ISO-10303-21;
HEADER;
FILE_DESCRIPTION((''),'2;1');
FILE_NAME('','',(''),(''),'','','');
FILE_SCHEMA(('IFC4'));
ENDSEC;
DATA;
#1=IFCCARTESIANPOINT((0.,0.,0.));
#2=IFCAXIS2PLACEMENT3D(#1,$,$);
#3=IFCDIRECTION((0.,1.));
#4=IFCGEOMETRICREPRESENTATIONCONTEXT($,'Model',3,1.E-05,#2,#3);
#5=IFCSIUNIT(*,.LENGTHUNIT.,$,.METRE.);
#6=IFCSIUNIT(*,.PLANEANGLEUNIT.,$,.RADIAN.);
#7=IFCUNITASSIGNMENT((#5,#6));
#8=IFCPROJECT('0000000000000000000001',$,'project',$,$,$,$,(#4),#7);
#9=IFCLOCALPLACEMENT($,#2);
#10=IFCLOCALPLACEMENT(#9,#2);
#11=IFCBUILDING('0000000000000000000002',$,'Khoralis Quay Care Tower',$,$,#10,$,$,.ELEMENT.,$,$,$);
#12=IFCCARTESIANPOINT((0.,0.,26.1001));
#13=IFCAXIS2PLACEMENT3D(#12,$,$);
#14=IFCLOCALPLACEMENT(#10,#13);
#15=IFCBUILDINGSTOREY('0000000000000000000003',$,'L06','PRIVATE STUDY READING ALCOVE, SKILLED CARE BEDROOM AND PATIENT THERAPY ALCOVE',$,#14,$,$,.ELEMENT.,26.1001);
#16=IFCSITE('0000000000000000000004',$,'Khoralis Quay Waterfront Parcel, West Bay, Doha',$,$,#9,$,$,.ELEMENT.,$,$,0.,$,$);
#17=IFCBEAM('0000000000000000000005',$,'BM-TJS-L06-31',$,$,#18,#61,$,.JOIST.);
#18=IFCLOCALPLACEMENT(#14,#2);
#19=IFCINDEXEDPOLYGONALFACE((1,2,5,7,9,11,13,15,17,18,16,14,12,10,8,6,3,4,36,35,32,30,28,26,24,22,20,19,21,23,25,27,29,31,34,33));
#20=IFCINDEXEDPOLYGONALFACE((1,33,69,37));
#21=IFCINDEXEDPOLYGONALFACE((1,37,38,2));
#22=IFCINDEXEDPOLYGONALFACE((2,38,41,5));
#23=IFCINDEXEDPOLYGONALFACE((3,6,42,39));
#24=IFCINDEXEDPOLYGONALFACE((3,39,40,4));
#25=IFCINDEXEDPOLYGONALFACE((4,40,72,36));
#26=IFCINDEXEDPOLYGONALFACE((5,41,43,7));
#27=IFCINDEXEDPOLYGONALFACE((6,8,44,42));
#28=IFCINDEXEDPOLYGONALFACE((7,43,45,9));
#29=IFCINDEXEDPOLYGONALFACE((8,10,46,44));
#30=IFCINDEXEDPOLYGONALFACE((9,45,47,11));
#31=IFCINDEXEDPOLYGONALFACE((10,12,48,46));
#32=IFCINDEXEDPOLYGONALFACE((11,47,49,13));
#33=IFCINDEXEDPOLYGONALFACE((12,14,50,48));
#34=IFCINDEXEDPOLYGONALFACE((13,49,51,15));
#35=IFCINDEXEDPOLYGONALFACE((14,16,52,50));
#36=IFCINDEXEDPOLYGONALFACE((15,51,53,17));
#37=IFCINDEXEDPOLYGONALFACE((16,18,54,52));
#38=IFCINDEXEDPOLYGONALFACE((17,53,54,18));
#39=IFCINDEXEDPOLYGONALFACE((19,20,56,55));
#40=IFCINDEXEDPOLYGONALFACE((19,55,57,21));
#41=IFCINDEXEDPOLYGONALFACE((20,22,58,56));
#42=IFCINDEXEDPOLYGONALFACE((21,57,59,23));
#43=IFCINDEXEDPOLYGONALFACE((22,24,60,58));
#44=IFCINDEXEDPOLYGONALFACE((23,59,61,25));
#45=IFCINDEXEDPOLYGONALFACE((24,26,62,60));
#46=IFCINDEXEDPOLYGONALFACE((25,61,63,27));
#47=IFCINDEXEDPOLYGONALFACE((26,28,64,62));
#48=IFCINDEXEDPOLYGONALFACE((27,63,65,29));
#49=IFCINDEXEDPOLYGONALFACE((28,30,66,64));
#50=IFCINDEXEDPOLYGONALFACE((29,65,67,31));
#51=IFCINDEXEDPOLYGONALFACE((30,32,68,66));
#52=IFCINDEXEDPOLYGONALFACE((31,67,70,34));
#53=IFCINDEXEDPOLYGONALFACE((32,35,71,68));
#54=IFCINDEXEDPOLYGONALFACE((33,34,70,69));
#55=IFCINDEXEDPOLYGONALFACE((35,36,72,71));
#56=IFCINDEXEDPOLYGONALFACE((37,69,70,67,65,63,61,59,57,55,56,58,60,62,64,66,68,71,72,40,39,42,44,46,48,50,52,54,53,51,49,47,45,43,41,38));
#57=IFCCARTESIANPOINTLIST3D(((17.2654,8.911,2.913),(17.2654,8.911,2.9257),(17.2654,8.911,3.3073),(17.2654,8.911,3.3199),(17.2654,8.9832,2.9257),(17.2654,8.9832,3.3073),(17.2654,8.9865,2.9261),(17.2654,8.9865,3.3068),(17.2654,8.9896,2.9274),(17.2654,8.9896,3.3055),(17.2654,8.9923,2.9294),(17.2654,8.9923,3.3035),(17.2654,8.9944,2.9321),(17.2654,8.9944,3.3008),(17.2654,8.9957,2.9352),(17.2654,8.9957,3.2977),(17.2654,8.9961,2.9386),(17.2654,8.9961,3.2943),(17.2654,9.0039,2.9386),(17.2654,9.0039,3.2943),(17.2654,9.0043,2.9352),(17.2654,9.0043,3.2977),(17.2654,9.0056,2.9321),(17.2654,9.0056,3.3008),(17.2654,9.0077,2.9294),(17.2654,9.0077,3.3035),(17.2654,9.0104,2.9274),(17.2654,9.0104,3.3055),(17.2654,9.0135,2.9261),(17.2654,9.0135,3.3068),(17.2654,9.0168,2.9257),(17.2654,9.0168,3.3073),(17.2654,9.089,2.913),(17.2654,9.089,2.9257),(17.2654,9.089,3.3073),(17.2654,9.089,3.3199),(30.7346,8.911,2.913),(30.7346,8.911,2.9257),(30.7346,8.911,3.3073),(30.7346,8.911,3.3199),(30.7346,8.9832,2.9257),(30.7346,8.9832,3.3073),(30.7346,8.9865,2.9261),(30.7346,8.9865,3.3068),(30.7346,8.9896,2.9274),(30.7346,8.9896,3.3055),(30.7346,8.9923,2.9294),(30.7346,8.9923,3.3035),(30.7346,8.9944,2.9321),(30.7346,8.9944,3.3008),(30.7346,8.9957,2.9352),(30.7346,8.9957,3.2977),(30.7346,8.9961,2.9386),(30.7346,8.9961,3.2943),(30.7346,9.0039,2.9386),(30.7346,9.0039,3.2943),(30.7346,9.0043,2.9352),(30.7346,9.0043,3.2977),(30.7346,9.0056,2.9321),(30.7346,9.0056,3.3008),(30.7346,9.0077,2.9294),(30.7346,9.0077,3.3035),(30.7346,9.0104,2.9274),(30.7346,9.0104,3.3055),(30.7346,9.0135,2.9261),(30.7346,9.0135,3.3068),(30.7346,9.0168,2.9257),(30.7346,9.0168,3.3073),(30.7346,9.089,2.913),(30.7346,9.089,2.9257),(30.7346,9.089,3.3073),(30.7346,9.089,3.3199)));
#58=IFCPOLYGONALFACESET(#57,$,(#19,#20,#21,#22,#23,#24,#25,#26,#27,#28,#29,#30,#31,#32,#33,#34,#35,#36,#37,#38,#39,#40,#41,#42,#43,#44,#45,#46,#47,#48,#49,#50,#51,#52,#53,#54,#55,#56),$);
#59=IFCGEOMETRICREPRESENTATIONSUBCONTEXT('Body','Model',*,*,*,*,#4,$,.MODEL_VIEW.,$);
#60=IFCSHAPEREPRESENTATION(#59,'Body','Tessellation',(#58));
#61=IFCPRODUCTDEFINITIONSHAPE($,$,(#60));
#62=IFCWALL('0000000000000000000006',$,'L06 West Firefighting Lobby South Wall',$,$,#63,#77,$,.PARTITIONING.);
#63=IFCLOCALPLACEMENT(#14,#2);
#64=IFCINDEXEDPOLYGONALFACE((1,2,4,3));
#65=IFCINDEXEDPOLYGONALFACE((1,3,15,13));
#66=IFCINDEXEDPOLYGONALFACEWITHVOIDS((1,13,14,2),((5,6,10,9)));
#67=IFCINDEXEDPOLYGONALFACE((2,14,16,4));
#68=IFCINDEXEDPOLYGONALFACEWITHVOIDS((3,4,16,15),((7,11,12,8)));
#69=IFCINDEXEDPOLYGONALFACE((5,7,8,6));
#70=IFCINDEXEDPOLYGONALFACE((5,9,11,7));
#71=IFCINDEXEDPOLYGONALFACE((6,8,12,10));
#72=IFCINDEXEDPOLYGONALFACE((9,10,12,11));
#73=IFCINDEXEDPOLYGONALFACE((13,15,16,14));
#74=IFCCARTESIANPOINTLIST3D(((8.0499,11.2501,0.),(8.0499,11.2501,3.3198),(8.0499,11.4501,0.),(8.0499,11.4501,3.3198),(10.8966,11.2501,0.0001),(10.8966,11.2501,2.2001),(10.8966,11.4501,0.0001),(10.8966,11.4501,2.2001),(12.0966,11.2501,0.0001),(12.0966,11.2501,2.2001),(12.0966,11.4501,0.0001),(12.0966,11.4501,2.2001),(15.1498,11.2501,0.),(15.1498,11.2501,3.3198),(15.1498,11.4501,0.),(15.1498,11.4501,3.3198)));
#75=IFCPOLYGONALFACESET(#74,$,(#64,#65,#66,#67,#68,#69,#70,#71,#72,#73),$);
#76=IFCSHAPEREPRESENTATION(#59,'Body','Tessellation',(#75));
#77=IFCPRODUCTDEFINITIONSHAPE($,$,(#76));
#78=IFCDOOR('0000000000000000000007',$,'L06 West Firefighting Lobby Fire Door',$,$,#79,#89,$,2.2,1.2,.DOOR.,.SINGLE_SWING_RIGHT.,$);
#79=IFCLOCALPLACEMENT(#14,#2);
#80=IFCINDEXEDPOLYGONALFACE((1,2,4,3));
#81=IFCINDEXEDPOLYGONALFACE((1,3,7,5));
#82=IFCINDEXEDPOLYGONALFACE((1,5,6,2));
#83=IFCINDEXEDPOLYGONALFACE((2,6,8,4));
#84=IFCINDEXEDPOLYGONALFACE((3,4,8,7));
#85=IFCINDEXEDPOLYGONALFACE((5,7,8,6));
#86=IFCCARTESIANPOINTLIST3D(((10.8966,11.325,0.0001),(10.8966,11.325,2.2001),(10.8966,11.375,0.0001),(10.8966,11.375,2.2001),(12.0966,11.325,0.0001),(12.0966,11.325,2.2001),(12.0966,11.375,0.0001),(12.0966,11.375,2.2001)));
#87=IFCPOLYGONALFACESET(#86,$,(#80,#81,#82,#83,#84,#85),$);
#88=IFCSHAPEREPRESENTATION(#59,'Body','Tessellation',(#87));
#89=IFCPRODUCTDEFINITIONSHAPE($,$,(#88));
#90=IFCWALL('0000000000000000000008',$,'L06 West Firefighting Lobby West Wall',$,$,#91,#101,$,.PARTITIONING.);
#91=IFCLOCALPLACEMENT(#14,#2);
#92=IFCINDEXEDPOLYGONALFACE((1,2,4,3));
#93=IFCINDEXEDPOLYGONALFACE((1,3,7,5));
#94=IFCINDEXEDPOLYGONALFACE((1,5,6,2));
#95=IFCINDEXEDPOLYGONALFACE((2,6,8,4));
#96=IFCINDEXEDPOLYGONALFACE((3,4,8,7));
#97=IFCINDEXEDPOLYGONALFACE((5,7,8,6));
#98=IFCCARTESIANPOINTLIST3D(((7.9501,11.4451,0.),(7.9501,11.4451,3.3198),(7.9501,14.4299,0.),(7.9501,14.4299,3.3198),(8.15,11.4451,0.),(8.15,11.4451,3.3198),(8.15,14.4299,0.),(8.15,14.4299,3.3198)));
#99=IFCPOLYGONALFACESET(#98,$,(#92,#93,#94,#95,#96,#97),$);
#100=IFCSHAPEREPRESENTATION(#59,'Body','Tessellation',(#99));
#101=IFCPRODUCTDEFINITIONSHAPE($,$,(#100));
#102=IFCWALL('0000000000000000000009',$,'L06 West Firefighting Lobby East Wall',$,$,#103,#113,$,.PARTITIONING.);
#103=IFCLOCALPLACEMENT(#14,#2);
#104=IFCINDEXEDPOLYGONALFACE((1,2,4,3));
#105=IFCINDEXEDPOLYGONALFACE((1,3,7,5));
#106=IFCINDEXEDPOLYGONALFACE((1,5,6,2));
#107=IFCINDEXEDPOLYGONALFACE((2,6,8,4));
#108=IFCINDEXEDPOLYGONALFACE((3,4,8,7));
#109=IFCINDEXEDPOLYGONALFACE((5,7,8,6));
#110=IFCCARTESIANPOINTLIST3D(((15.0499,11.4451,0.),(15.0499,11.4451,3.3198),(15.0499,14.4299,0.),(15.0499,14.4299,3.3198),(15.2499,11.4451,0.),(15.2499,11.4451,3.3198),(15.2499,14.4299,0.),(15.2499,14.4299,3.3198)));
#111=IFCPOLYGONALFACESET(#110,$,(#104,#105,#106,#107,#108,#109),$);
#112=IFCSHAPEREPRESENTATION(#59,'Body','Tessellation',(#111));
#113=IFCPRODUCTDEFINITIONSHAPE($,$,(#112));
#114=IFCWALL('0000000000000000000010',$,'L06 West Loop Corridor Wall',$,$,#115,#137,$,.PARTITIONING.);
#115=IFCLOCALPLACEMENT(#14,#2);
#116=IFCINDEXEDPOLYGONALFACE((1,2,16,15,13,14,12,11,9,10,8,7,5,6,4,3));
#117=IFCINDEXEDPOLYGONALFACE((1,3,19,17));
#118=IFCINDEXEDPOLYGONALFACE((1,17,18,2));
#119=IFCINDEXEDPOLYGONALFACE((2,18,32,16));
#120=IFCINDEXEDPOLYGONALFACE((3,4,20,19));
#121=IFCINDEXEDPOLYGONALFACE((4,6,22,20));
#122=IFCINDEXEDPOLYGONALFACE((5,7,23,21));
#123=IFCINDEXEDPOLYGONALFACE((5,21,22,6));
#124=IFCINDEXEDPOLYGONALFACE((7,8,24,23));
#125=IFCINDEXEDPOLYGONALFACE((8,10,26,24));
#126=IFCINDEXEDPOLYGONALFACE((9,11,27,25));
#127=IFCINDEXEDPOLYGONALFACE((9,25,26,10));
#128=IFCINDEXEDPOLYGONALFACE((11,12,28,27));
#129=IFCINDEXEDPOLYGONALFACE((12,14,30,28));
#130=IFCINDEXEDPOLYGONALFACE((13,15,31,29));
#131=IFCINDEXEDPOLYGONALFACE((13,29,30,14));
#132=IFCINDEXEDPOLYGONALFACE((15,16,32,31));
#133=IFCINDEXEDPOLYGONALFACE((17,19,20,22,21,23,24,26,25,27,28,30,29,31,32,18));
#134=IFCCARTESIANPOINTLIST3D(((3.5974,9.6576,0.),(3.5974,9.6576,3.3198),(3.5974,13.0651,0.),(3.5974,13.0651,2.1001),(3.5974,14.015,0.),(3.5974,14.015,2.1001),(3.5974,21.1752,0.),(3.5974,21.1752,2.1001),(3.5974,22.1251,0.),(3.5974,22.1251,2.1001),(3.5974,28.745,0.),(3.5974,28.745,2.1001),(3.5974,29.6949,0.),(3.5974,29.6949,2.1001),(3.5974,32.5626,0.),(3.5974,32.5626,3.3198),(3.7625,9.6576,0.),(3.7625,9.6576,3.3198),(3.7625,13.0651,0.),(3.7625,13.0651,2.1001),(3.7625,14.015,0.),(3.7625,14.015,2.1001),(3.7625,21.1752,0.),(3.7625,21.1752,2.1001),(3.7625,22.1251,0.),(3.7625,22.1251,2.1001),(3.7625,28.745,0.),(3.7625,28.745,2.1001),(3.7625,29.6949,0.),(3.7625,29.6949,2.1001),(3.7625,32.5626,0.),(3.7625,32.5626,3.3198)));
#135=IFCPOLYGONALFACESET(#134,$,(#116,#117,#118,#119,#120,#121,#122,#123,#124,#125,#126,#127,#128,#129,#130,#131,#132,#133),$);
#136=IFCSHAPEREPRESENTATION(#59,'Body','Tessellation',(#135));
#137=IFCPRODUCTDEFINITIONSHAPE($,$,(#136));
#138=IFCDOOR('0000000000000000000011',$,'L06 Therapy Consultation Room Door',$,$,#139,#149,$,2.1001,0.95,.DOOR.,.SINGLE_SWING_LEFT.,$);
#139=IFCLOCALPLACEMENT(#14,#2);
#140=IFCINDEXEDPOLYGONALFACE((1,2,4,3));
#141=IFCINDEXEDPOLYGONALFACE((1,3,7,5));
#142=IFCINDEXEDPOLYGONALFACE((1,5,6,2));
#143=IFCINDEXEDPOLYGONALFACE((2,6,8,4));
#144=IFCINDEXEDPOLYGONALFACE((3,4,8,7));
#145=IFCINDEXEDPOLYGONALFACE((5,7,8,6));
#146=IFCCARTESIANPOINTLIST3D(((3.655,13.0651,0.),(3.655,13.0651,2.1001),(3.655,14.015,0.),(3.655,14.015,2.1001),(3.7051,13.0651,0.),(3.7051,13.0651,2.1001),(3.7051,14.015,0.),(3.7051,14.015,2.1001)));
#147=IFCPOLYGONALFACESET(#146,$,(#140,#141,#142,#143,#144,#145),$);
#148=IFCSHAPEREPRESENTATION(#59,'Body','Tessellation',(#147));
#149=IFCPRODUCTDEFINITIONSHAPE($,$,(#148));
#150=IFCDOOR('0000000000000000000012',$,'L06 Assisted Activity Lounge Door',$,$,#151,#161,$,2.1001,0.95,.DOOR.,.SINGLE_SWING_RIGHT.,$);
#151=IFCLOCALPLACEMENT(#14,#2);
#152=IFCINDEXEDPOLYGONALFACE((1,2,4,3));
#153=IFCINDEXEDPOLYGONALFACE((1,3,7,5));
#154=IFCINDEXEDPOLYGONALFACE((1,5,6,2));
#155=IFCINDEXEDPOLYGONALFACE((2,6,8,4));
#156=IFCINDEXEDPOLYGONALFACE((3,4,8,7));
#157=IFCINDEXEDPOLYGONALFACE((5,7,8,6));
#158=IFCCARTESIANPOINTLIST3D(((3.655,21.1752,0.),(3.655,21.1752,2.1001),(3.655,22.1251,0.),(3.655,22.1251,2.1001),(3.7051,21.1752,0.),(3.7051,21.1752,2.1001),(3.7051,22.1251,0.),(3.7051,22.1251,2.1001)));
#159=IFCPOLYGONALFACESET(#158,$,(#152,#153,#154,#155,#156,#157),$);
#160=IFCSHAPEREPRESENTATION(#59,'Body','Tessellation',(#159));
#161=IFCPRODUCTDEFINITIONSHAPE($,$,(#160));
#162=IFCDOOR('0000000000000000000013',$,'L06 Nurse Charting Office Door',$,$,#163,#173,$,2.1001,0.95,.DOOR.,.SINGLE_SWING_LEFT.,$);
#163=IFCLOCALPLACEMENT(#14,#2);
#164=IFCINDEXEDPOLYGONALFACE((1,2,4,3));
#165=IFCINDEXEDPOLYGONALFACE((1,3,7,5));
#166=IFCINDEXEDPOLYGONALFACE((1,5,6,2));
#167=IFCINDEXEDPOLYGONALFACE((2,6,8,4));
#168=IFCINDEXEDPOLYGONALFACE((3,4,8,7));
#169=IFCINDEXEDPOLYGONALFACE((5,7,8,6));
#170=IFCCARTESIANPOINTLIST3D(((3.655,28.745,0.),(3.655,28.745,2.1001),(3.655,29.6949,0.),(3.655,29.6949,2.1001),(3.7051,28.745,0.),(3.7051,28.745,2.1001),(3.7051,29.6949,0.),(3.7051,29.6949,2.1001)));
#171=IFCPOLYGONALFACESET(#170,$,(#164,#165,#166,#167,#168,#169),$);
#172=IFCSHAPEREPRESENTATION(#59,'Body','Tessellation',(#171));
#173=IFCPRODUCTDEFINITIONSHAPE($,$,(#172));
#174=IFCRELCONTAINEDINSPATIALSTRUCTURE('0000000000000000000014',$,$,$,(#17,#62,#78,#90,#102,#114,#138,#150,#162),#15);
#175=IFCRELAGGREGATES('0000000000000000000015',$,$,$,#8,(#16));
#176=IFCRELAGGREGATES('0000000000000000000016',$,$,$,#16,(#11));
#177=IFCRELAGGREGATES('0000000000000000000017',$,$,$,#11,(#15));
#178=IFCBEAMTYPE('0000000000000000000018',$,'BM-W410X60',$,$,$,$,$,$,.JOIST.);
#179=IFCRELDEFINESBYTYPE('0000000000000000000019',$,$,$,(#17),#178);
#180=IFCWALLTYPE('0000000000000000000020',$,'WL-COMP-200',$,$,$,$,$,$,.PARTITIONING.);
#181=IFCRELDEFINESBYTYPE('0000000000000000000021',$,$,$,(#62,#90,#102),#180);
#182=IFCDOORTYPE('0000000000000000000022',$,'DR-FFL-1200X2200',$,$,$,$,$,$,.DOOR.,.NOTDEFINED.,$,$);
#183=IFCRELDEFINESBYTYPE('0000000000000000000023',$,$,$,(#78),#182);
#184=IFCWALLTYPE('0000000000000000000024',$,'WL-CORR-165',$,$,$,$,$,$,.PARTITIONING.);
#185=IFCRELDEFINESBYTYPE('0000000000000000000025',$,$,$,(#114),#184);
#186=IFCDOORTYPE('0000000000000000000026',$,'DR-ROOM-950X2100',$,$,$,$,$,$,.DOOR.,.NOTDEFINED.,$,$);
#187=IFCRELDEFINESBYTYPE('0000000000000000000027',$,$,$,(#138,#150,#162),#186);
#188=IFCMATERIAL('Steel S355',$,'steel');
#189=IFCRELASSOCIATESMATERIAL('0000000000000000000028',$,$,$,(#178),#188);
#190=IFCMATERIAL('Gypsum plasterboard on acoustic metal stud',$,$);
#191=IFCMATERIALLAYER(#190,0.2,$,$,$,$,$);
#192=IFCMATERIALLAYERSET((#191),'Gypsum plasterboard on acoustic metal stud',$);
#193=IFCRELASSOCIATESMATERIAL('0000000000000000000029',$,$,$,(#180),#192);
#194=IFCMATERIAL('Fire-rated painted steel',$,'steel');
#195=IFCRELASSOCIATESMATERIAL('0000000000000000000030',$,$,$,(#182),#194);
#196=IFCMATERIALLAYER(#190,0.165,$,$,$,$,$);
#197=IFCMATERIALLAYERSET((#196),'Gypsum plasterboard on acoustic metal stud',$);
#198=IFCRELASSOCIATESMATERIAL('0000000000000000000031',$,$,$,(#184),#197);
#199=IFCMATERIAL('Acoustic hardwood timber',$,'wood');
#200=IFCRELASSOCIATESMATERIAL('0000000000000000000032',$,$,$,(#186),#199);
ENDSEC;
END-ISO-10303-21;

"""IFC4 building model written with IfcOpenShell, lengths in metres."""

from ifc_helpers import new_model, si_unit, direction, frame, frame_2d, origin, origin_2d, place, context, subcontext, project, spatial, rectangle, i_section, extrude, source, transform, mapped, material, layer, layer_set, material_profile, profile_set, type_object, element, fill, save


model = new_model("IFC4")

# Units and contexts
model_context = context("Model", 3, precision=1e-05, world=origin(), true_north=direction((0.0, 1.0)))
body_context = subcontext(model_context, "Body", "Model", "MODEL_VIEW")
ifc_project = project(units=[si_unit("LENGTHUNIT", "METRE"), si_unit("PLANEANGLEUNIT", "RADIAN")], contexts=[model_context])

# Site, building, storey
site_placement = place(None, origin())
site = spatial("IfcSite", under=ifc_project, at=site_placement, Name="Khoralis Quay Waterfront Parcel, West Bay, Doha", CompositionType="ELEMENT", RefElevation=0.0)
building_placement = place(site_placement, origin())
building = spatial("IfcBuilding", under=site, at=building_placement, Name="Khoralis Quay Care Tower", CompositionType="ELEMENT")
storey_placement = place(building_placement, frame((0.0, 0.0, 26.1001)))
storey = spatial("IfcBuildingStorey", under=building, at=storey_placement, Name="L06", Description="PRIVATE STUDY READING ALCOVE, SKILLED CARE BEDROOM AND PATIENT THERAPY ALCOVE", CompositionType="ELEMENT", Elevation=26.1001)

# Beam
ifc_material_1 = material(Name="Steel S355", Category="steel")
ifc_material_profile_1 = material_profile(ifc_material_1, i_section(OverallWidth=0.178, OverallDepth=0.407, WebThickness=0.0078, FlangeThickness=0.0127, FilletRadius=0.0129, at=origin_2d()), Name="Steel S355")
ifc_profile_set_1 = profile_set([ifc_material_profile_1], Name="Steel S355")
beam_type_1 = type_object("IfcBeamType", Name="BM-W410X60", PredefinedType="JOIST", material=ifc_profile_set_1)
shared_shape_1 = source(origin(), body_context, "Body", "SweptSolid", [
    extrude(i_section(OverallWidth=0.178, OverallDepth=0.407, WebThickness=0.0078, FlangeThickness=0.0127, FilletRadius=0.0129, at=origin_2d()), origin(), (0.0, 0.0, 1.0), 13.4692),
])
beam_1_placement = place(storey_placement, frame((17.2654, 9.0, 3.1165), z_axis=(1.0, 0.0, 0.0), x_axis=(0.0, 1.0, 0.0)))
element("IfcBeam", 1, at=beam_1_placement, inside=storey, type_object=beam_type_1, Name="BM-TJS-L06-31", PredefinedType="JOIST", context=body_context, shape_type="MappedRepresentation", body=[
    mapped(shared_shape_1, transform((0.0, 0.0, 0.0), scale=1.0)),
])

# Wall, opening, door
ifc_material_2 = material(Name="Gypsum plasterboard on acoustic metal stud")
ifc_layer_1 = layer(ifc_material_2, 0.2)
ifc_layer_set_1 = layer_set([ifc_layer_1], Name="Gypsum plasterboard on acoustic metal stud")
wall_type_1 = type_object("IfcWallType", Name="WL-COMP-200", PredefinedType="PARTITIONING", material=ifc_layer_set_1)
wall_1_placement = place(storey_placement, frame((8.05, 11.3501, 0.0), z_axis=(0.0, 0.0, 1.0), x_axis=(1.0, 0.0, 0.0)))
wall_1 = element("IfcWall", 2, at=wall_1_placement, inside=storey, type_object=wall_type_1, Name="L06 West Firefighting Lobby South Wall", PredefinedType="PARTITIONING", context=body_context, shape_type="SweptSolid", body=[
    extrude(rectangle(XDim=7.0999, YDim=0.2, at=frame_2d((3.5498, 0.0))), origin(), (0.0, 0.0, 1.0), 3.3198),
])
opening_1_placement = place(wall_1_placement, frame((2.8464, 0.0, 0.0)))
opening_1 = element("IfcOpeningElement", 3, at=opening_1_placement, cuts=wall_1, PredefinedType="OPENING", context=body_context, shape_type="SweptSolid", body=[
    extrude(rectangle(XDim=1.2, YDim=2.2, at=frame_2d((0.6001, 1.1001))), frame((0.0, 0.1099, 0.0), z_axis=(0.0, -1.0, 0.0), x_axis=(1.0, 0.0, 0.0)), (0.0, 0.0, 1.0), 0.22),
])
ifc_material_3 = material(Name="Fire-rated painted steel", Category="steel")
door_type_1 = type_object("IfcDoorType", Name="DR-FFL-1200X2200", OperationType="NOTDEFINED", PredefinedType="DOOR", material=ifc_material_3)
shared_shape_2 = source(origin(), body_context, "Body", "SweptSolid", [
    extrude(rectangle(XDim=1.2, YDim=2.2, at=frame_2d((0.6001, 1.1001))), frame((0.0, 0.0249, 0.0), z_axis=(0.0, -1.0, 0.0), x_axis=(1.0, 0.0, 0.0)), (0.0, 0.0, 1.0), 0.05),
])
door_1_placement = place(opening_1_placement, origin())
door_1 = element("IfcDoor", 4, at=door_1_placement, inside=storey, type_object=door_type_1, Name="L06 West Firefighting Lobby Fire Door", OperationType="SINGLE_SWING_RIGHT", OverallHeight=2.2, OverallWidth=1.2, PredefinedType="DOOR", context=body_context, shape_type="MappedRepresentation", body=[
    mapped(shared_shape_2, transform((0.0, 0.0, 0.0), scale=1.0)),
])
fill(opening_1, door_1)

# Walls
for number, where, z_axis, x_axis, name in (
    (5, (8.05, 11.4451, 0.0), (0.0, 0.0, 1.0), (0.0, 1.0, 0.0), "L06 West Firefighting Lobby West Wall"),
    (6, (15.1499, 11.4451, 0.0), (0.0, 0.0, 1.0), (0.0, 1.0, 0.0), "L06 West Firefighting Lobby East Wall"),
):
    element("IfcWall", number, at=place(storey_placement, frame(where, z_axis=z_axis, x_axis=x_axis)), inside=storey, type_object=wall_type_1, Name=name, PredefinedType="PARTITIONING", context=body_context, shape_type="SweptSolid", body=[
        extrude(rectangle(XDim=2.9849, YDim=0.2, at=frame_2d((1.4924, 0.0))), origin(), (0.0, 0.0, 1.0), 3.3198),
    ])

# Wall, openings, doors
ifc_layer_2 = layer(ifc_material_2, 0.165)
ifc_layer_set_2 = layer_set([ifc_layer_2], Name="Gypsum plasterboard on acoustic metal stud")
wall_type_2 = type_object("IfcWallType", Name="WL-CORR-165", PredefinedType="PARTITIONING", material=ifc_layer_set_2)
wall_2_placement = place(storey_placement, frame((3.6799, 9.6575, 0.0), z_axis=(0.0, 0.0, 1.0), x_axis=(0.0, 1.0, 0.0)))
wall_2 = element("IfcWall", 7, at=wall_2_placement, inside=storey, type_object=wall_type_2, Name="L06 West Loop Corridor Wall", PredefinedType="PARTITIONING", context=body_context, shape_type="SweptSolid", body=[
    extrude(rectangle(XDim=22.905, YDim=0.165, at=frame_2d((11.4526, 0.0))), origin(), (0.0, 0.0, 1.0), 3.3198),
])
opening_2_placement = place(wall_2_placement, frame((3.4075, 0.0, 0.0)))
opening_2 = element("IfcOpeningElement", 8, at=opening_2_placement, cuts=wall_2, PredefinedType="OPENING", context=body_context, shape_type="SweptSolid", body=[
    extrude(rectangle(XDim=0.95, YDim=2.1001, at=frame_2d((0.4751, 1.05))), frame((0.0, 0.0925, 0.0), z_axis=(0.0, -1.0, 0.0), x_axis=(1.0, 0.0, 0.0)), (0.0, 0.0, 1.0), 0.1851),
])
opening_3_placement = place(wall_2_placement, frame((11.5176, 0.0, 0.0)))
opening_3 = element("IfcOpeningElement", 9, at=opening_3_placement, cuts=wall_2, PredefinedType="OPENING", context=body_context, shape_type="SweptSolid", body=[
    extrude(rectangle(XDim=0.95, YDim=2.1001, at=frame_2d((0.4751, 1.05))), frame((0.0, 0.0925, 0.0), z_axis=(0.0, -1.0, 0.0), x_axis=(1.0, 0.0, 0.0)), (0.0, 0.0, 1.0), 0.1851),
])
opening_4_placement = place(wall_2_placement, frame((19.0874, 0.0, 0.0)))
opening_4 = element("IfcOpeningElement", 10, at=opening_4_placement, cuts=wall_2, PredefinedType="OPENING", context=body_context, shape_type="SweptSolid", body=[
    extrude(rectangle(XDim=0.95, YDim=2.1001, at=frame_2d((0.4751, 1.05))), frame((0.0, 0.0925, 0.0), z_axis=(0.0, -1.0, 0.0), x_axis=(1.0, 0.0, 0.0)), (0.0, 0.0, 1.0), 0.1851),
])
ifc_material_4 = material(Name="Acoustic hardwood timber", Category="wood")
door_type_2 = type_object("IfcDoorType", Name="DR-ROOM-950X2100", OperationType="NOTDEFINED", PredefinedType="DOOR", material=ifc_material_4)
shared_shape_3 = source(origin(), body_context, "Body", "SweptSolid", [
    extrude(rectangle(XDim=0.95, YDim=2.1001, at=frame_2d((0.4751, 1.05))), frame((0.0, 0.0249, 0.0), z_axis=(0.0, -1.0, 0.0), x_axis=(1.0, 0.0, 0.0)), (0.0, 0.0, 1.0), 0.05),
])
door_2_placement = place(opening_2_placement, origin())
door_2 = element("IfcDoor", 11, at=door_2_placement, inside=storey, type_object=door_type_2, Name="L06 Therapy Consultation Room Door", OperationType="SINGLE_SWING_LEFT", OverallHeight=2.1001, OverallWidth=0.95, PredefinedType="DOOR", context=body_context, shape_type="MappedRepresentation", body=[
    mapped(shared_shape_3, transform((0.0, 0.0, 0.0), scale=1.0)),
])
fill(opening_2, door_2)
door_3_placement = place(opening_3_placement, origin())
door_3 = element("IfcDoor", 12, at=door_3_placement, inside=storey, type_object=door_type_2, Name="L06 Assisted Activity Lounge Door", OperationType="SINGLE_SWING_RIGHT", OverallHeight=2.1001, OverallWidth=0.95, PredefinedType="DOOR", context=body_context, shape_type="MappedRepresentation", body=[
    mapped(shared_shape_3, transform((0.0, 0.0, 0.0), scale=1.0)),
])
fill(opening_3, door_3)
door_4_placement = place(opening_4_placement, origin())
door_4 = element("IfcDoor", 13, at=door_4_placement, inside=storey, type_object=door_type_2, Name="L06 Nurse Charting Office Door", OperationType="SINGLE_SWING_LEFT", OverallHeight=2.1001, OverallWidth=0.95, PredefinedType="DOOR", context=body_context, shape_type="MappedRepresentation", body=[
    mapped(shared_shape_3, transform((0.0, 0.0, 0.0), scale=1.0)),
])
fill(opening_4, door_4)

save(model, "model.ifc")
